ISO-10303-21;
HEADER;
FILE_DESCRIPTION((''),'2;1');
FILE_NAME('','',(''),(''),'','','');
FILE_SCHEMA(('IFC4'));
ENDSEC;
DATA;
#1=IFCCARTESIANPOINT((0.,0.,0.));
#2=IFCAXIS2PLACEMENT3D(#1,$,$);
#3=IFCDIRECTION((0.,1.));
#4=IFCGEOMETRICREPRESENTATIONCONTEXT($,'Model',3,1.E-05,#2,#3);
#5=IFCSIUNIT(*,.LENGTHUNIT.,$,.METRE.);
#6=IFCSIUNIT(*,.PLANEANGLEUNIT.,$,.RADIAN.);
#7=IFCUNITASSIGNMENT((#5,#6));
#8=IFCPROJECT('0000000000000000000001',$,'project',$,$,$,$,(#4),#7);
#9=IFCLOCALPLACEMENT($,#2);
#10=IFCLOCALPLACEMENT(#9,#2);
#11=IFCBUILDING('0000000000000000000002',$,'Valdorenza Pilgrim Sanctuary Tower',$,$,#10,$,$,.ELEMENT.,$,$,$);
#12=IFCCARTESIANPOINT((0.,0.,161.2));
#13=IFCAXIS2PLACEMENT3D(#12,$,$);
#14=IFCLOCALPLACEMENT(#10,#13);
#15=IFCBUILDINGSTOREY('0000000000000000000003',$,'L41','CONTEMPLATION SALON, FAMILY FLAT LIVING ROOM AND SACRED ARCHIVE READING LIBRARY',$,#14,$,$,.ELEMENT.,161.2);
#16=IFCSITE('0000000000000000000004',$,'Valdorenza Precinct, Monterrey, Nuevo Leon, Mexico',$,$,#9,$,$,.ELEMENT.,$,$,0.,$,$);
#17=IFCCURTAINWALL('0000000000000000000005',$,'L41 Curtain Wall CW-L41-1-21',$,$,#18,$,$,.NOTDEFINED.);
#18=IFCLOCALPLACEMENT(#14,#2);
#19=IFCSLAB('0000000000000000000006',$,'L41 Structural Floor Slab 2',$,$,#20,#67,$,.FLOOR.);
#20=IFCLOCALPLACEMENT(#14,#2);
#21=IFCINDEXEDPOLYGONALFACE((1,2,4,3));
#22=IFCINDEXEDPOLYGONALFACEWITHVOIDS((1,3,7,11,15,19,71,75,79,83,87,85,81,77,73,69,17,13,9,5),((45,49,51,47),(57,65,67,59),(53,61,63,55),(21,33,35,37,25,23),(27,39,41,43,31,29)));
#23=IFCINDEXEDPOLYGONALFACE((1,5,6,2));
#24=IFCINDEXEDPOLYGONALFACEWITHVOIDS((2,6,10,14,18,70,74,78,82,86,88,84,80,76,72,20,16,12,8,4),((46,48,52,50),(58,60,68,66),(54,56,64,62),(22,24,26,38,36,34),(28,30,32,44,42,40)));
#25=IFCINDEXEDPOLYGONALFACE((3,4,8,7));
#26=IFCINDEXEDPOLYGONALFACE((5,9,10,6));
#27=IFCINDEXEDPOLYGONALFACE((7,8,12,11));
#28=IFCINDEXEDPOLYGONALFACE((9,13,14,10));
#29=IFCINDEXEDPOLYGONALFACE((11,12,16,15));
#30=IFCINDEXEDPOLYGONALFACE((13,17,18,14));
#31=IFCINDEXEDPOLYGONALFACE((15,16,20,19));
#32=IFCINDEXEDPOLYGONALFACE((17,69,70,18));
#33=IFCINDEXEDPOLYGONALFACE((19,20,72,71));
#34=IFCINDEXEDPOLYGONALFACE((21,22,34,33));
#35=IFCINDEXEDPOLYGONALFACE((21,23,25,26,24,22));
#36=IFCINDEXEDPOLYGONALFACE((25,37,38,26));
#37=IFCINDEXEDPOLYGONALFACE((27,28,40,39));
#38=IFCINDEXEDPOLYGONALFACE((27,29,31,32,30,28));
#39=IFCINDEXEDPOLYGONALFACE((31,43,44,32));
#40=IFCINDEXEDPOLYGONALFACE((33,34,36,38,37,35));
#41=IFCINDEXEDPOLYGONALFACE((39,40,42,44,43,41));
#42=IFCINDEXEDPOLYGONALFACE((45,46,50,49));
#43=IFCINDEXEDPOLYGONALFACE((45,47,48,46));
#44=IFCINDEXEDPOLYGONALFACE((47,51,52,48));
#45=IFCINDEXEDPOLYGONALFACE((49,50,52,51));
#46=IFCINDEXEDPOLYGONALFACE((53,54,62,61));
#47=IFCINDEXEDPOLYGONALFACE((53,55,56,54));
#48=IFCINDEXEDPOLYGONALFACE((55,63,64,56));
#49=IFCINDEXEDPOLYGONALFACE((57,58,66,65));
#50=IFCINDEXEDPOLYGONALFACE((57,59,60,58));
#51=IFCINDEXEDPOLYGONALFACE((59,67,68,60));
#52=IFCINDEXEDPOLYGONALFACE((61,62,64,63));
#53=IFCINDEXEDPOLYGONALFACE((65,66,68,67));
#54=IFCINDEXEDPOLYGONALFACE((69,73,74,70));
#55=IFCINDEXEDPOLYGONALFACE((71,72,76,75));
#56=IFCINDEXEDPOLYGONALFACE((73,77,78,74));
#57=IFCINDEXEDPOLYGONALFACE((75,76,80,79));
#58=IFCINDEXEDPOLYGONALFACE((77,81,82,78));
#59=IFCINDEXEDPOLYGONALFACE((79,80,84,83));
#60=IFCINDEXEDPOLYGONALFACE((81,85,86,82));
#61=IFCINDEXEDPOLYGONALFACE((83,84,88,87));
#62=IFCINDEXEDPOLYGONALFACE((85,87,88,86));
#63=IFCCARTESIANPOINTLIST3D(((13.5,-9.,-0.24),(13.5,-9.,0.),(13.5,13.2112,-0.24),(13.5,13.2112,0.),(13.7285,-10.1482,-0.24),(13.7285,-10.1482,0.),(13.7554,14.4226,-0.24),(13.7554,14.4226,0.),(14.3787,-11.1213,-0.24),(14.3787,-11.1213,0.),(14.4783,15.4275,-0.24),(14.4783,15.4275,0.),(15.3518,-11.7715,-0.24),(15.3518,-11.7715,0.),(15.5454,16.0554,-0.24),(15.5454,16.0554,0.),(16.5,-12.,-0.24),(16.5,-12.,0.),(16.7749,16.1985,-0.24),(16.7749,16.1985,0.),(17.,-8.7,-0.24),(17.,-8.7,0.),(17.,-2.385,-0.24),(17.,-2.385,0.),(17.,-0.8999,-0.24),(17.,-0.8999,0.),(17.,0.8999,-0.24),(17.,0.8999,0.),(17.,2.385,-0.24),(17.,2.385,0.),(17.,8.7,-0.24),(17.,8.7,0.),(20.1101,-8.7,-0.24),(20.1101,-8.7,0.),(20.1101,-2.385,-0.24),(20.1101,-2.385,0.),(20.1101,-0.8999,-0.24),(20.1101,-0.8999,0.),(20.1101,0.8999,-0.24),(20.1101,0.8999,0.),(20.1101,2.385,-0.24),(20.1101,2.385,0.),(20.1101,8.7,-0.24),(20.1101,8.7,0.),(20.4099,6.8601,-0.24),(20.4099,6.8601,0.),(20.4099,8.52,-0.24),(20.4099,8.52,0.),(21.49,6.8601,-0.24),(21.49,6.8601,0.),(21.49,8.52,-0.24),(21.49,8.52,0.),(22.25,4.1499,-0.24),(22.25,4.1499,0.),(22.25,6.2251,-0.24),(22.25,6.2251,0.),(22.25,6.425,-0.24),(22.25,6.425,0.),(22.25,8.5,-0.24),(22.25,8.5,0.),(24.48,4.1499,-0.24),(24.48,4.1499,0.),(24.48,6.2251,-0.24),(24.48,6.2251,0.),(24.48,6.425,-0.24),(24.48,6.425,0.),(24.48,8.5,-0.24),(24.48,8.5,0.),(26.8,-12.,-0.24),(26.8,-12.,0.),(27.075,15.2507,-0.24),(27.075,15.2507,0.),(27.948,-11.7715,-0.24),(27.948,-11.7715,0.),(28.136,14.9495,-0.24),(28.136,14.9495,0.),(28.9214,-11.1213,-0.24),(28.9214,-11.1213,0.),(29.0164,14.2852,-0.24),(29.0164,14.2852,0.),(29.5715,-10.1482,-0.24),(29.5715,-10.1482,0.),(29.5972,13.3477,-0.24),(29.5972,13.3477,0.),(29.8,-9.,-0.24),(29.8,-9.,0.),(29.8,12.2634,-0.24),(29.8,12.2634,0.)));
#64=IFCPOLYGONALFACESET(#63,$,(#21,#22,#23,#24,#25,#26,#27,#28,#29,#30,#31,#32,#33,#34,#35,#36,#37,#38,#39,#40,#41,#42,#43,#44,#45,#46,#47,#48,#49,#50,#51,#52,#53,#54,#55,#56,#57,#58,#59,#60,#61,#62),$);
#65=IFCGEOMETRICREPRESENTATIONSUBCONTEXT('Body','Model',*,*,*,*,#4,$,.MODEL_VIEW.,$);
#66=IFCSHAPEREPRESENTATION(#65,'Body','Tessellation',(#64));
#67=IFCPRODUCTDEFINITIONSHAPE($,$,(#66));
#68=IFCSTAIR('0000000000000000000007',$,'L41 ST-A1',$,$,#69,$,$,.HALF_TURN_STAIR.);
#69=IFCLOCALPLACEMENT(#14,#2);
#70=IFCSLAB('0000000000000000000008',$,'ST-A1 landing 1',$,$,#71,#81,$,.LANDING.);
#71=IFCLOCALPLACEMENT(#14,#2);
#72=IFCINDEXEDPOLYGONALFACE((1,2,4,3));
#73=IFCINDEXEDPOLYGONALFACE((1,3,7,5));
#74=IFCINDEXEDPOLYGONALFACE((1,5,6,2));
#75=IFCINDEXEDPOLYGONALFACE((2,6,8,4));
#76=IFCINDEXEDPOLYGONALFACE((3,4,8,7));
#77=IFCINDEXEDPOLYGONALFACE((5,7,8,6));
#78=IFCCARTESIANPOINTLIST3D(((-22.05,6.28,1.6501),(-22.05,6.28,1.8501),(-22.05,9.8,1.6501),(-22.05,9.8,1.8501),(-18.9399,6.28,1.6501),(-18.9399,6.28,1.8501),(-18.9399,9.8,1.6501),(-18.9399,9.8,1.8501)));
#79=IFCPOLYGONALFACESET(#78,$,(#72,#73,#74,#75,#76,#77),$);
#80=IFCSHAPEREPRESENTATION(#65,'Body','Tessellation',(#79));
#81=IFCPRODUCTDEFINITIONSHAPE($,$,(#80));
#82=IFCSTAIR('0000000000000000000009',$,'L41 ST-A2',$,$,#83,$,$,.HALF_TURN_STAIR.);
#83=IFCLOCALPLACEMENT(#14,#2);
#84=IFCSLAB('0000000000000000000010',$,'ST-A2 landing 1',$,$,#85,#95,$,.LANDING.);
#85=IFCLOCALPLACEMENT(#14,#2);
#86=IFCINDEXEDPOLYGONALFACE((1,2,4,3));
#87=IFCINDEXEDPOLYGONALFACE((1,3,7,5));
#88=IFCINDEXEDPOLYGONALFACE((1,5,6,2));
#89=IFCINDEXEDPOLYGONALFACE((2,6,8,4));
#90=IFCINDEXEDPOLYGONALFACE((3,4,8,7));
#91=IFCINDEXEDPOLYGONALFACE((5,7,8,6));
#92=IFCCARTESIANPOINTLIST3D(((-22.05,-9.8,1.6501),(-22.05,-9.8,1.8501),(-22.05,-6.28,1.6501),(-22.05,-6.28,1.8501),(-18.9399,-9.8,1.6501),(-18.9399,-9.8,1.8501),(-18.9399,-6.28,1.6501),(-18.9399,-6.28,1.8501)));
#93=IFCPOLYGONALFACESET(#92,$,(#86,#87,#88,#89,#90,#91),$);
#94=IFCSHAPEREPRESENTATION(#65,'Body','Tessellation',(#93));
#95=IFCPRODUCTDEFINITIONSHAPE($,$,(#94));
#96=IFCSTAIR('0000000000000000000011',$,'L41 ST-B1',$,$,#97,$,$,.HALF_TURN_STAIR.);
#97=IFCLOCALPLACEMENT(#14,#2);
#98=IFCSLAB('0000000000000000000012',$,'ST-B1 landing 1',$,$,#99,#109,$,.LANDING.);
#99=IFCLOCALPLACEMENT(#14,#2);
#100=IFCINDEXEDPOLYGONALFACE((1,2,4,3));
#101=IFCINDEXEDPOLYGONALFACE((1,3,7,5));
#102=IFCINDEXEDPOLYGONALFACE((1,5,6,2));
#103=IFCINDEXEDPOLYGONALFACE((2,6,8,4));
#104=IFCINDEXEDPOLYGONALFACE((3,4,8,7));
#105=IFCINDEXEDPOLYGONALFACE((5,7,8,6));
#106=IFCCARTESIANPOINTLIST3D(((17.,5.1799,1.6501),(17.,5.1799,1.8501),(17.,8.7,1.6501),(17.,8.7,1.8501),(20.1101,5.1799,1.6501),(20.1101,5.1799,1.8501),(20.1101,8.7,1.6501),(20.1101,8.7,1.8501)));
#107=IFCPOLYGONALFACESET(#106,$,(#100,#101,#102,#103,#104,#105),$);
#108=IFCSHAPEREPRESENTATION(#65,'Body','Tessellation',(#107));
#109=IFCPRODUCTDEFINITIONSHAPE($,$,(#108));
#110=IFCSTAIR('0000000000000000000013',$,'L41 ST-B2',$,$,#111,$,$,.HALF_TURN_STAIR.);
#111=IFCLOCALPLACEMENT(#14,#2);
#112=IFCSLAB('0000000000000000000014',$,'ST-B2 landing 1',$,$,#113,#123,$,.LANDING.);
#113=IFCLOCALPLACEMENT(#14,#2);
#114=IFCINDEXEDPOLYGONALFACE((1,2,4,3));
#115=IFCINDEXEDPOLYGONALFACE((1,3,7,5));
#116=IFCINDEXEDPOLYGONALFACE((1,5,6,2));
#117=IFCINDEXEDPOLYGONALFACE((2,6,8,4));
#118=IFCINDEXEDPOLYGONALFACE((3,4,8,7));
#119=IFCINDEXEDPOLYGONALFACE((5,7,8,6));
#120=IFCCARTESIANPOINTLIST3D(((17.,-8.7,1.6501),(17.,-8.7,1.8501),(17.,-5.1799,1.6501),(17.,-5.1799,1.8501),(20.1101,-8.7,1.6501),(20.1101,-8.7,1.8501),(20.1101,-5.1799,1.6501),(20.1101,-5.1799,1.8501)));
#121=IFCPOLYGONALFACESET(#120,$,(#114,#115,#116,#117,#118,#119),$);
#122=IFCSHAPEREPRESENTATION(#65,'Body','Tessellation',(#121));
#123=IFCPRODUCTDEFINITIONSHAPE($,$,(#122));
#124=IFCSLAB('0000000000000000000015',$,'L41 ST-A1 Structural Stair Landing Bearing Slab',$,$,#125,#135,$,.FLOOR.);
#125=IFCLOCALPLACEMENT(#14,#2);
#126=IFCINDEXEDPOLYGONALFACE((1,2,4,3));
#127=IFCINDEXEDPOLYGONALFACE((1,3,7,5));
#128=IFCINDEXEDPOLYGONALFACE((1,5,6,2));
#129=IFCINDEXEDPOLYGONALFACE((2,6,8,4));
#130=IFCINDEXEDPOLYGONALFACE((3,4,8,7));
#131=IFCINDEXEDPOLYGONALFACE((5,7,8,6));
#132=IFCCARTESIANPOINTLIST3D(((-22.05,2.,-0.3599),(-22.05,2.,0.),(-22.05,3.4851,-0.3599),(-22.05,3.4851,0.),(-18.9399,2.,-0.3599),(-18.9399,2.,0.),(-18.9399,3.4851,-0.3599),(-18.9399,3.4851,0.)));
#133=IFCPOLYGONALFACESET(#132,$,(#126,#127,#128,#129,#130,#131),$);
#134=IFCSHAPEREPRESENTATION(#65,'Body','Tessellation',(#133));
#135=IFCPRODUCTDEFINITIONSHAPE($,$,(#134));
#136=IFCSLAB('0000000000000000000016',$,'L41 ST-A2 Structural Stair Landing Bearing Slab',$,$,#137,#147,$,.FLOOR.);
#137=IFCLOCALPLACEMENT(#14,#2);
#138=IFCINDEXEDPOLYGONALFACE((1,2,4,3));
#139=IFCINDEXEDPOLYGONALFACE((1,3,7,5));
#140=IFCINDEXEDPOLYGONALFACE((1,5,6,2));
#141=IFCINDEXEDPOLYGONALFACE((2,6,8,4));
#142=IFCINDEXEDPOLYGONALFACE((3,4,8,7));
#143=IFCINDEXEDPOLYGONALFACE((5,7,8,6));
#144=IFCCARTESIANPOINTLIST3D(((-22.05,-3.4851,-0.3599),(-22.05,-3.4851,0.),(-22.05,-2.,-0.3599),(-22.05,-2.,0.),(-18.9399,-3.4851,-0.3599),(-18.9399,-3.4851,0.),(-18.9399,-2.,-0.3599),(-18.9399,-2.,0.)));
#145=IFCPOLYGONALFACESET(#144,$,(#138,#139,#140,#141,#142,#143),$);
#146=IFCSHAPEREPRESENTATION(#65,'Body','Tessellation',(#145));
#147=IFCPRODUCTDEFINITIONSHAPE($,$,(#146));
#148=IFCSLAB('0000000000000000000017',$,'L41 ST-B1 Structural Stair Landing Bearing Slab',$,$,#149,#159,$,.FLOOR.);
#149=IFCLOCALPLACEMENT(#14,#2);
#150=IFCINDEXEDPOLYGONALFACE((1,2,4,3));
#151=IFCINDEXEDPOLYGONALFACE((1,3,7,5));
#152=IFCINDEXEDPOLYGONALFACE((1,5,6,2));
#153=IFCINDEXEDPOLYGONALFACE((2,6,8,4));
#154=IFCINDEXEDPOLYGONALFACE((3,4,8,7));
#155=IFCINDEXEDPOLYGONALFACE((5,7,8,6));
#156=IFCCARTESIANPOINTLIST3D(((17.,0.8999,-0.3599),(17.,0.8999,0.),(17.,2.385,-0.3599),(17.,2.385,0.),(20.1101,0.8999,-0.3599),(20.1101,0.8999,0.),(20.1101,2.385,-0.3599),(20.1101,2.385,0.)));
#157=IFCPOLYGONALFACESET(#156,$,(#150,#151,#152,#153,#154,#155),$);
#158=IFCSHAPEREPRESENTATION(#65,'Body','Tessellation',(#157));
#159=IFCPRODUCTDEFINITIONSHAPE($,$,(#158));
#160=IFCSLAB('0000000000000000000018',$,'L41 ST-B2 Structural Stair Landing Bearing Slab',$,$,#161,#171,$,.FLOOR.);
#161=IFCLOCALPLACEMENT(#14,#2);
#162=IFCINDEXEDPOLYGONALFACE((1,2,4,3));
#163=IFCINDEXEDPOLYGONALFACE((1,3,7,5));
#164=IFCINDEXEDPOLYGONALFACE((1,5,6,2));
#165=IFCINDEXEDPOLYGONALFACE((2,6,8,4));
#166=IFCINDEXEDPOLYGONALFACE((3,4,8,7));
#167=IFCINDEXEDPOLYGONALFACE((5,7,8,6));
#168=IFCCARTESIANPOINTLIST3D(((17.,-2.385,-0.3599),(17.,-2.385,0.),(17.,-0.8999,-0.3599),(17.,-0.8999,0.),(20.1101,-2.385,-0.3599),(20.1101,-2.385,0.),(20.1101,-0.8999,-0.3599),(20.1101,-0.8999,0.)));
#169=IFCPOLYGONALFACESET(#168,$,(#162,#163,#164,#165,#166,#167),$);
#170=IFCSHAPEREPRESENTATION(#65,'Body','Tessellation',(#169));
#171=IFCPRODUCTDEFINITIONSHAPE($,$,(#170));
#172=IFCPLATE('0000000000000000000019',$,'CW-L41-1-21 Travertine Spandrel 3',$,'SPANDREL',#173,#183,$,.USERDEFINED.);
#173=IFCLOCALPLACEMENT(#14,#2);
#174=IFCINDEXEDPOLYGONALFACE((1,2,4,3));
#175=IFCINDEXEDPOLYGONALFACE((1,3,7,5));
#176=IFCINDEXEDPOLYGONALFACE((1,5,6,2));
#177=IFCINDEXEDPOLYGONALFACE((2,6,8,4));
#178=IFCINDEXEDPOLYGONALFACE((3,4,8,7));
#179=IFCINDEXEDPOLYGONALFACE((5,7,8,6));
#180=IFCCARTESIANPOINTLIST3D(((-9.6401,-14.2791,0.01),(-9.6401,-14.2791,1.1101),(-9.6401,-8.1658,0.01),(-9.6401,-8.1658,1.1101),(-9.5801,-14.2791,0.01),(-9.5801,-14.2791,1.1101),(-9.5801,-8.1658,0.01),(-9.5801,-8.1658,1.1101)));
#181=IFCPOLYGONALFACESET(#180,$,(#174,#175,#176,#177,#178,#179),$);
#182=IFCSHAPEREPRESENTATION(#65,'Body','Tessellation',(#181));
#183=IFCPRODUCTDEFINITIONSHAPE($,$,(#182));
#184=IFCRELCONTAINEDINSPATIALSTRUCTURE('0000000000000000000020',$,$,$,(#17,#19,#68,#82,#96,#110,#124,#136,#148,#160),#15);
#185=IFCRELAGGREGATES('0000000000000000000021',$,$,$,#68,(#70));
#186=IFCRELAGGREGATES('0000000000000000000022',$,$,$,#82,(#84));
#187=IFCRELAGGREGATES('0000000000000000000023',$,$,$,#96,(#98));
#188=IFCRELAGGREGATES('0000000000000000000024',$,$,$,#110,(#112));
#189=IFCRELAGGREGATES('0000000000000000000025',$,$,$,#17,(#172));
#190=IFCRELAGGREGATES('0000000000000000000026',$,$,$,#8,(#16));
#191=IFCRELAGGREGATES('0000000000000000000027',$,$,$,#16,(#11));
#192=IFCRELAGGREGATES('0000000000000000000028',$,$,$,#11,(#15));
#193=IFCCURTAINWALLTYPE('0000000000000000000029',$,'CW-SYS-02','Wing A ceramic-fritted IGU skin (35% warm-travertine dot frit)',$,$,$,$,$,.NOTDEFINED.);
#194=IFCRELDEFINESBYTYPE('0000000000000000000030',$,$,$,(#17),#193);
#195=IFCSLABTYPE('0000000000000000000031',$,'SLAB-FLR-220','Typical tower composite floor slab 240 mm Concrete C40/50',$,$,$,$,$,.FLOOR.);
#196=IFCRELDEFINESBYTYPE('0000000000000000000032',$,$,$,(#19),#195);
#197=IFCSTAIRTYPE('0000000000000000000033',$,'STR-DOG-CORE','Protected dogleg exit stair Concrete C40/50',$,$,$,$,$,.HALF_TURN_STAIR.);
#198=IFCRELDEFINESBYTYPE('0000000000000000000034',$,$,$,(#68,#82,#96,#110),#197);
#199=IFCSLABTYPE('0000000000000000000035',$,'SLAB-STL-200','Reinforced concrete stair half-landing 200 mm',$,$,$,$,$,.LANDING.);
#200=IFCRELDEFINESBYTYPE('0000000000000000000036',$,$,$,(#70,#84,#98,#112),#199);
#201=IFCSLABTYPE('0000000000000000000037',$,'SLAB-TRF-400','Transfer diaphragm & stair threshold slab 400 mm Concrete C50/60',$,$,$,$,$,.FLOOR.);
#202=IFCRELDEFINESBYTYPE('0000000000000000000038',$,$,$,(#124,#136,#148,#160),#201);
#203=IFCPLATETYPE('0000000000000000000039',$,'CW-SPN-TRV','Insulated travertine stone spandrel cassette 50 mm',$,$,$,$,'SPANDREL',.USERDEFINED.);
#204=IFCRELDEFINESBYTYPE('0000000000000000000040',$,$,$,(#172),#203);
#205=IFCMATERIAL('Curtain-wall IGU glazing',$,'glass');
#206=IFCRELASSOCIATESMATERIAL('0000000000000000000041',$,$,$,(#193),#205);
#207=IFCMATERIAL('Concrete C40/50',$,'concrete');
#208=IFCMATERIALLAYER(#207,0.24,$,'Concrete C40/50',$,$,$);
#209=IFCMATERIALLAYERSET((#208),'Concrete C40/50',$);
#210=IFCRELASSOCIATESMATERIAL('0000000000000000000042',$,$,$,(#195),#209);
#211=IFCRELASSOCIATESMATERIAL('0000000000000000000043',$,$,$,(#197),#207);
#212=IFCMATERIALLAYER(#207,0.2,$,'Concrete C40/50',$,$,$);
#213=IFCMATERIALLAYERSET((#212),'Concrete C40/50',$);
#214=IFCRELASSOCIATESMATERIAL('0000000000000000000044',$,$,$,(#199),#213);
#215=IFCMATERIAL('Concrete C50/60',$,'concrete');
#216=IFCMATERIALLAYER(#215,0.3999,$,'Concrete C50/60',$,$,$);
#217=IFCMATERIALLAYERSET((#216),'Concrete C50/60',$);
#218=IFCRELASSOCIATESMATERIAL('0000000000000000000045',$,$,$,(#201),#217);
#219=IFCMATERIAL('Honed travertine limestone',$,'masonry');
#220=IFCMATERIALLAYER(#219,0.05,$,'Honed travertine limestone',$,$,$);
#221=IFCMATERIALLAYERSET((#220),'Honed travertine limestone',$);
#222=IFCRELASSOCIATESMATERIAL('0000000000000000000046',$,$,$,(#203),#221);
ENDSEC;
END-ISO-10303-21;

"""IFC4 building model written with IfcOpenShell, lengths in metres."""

from ifc_helpers import new_model, si_unit, direction, frame, origin, origin_2d, place, context, subcontext, project, spatial, polyline, rectangle, outline, extrude, source, transform, mapped, material, layer, layer_set, type_object, element, aggregate, save


model = new_model("IFC4")

# Units and contexts
model_context = context("Model", 3, precision=1e-05, world=origin(), true_north=direction((0.0, 1.0)))
body_context = subcontext(model_context, "Body", "Model", "MODEL_VIEW")
ifc_project = project(units=[si_unit("LENGTHUNIT", "METRE"), si_unit("PLANEANGLEUNIT", "RADIAN")], contexts=[model_context])

# Site, building, storey
site_placement = place(None, origin())
site = spatial("IfcSite", under=ifc_project, at=site_placement, Name="Valdorenza Precinct, Monterrey, Nuevo Leon, Mexico", CompositionType="ELEMENT", RefElevation=0.0)
building_placement = place(site_placement, origin())
building = spatial("IfcBuilding", under=site, at=building_placement, Name="Valdorenza Pilgrim Sanctuary Tower", CompositionType="ELEMENT")
storey_placement = place(building_placement, frame((0.0, 0.0, 161.2)))
storey = spatial("IfcBuildingStorey", under=building, at=storey_placement, Name="L41", Description="CONTEMPLATION SALON, FAMILY FLAT LIVING ROOM AND SACRED ARCHIVE READING LIBRARY", CompositionType="ELEMENT", Elevation=161.2)

# Curtain wall
ifc_material_1 = material(Name="Curtain-wall IGU glazing", Category="glass")
curtain_wall_type = type_object("IfcCurtainWallType", Name="CW-SYS-02", Description="Wing A ceramic-fritted IGU skin (35% warm-travertine dot frit)", PredefinedType="NOTDEFINED", material=ifc_material_1)
curtain_wall_placement = place(storey_placement, origin())
curtain_wall = element("IfcCurtainWall", 1, at=curtain_wall_placement, inside=storey, type_object=curtain_wall_type, Name="L41 Curtain Wall CW-L41-1-21", PredefinedType="NOTDEFINED")

# Slab
ifc_material_2 = material(Name="Concrete C40/50", Category="concrete")
ifc_layer_1 = layer(ifc_material_2, 0.24, Name="Concrete C40/50")
ifc_layer_set_1 = layer_set([ifc_layer_1], Name="Concrete C40/50")
slab_type_1 = type_object("IfcSlabType", Name="SLAB-FLR-220", Description="Typical tower composite floor slab 240 mm Concrete C40/50", PredefinedType="FLOOR", material=ifc_layer_set_1)
slab_1_placement = place(storey_placement, frame((0.0, 0.0, -0.24)))
element("IfcSlab", 2, at=slab_1_placement, inside=storey, type_object=slab_type_1, Name="L41 Structural Floor Slab 2", PredefinedType="FLOOR", context=body_context, shape_type="SweptSolid", body=[
    extrude(outline(polyline([(13.5, 13.2112), (13.7554, 14.4226), (14.4783, 15.4275), (15.5454, 16.0554), (16.7749, 16.1985), (27.075, 15.2507), (28.136, 14.9495), (29.0164, 14.2852), (29.5972, 13.3477), (29.8, 12.2634), (29.8, -9.0), (29.5715, -10.1482), (28.9214, -11.1213), (27.948, -11.7715), (26.8, -12.0), (16.5, -12.0), (15.3518, -11.7715), (14.3787, -11.1213), (13.7285, -10.1482), (13.5, -9.0), (13.5, 13.2112)]), holes=[polyline([(17.0, -8.7), (20.1101, -8.7), (20.1101, -2.385), (20.1101, -0.8999), (17.0, -0.8999), (17.0, -2.385), (17.0, -8.7)]), polyline([(17.0, 0.8999), (20.1101, 0.8999), (20.1101, 2.385), (20.1101, 8.7), (17.0, 8.7), (17.0, 2.385), (17.0, 0.8999)]), polyline([(22.25, 4.1499), (24.48, 4.1499), (24.48, 6.2251), (22.25, 6.2251), (22.25, 4.1499)]), polyline([(22.25, 6.425), (24.48, 6.425), (24.48, 8.5), (22.25, 8.5), (22.25, 6.425)]), polyline([(20.4099, 6.8601), (21.49, 6.8601), (21.49, 8.52), (20.4099, 8.52), (20.4099, 6.8601)])]), origin(), (0.0, 0.0, 1.0), 0.24),
])

# Stairs, slabs
stair_type = type_object("IfcStairType", Name="STR-DOG-CORE", Description="Protected dogleg exit stair Concrete C40/50", PredefinedType="HALF_TURN_STAIR", material=ifc_material_2)
stair_1_placement = place(storey_placement, origin())
stair_1 = element("IfcStair", 3, at=stair_1_placement, inside=storey, type_object=stair_type, Name="L41 ST-A1", PredefinedType="HALF_TURN_STAIR")
ifc_layer_2 = layer(ifc_material_2, 0.2, Name="Concrete C40/50")
ifc_layer_set_2 = layer_set([ifc_layer_2], Name="Concrete C40/50")
slab_type_2 = type_object("IfcSlabType", Name="SLAB-STL-200", Description="Reinforced concrete stair half-landing 200 mm", PredefinedType="LANDING", material=ifc_layer_set_2)
slab_2_placement = place(storey_placement, frame((0.0, 0.0, 1.6501)))
slab_2 = element("IfcSlab", 4, at=slab_2_placement, type_object=slab_type_2, Name="ST-A1 landing 1", PredefinedType="LANDING", context=body_context, shape_type="SweptSolid", body=[
    extrude(outline(polyline([(-18.9399, 6.28), (-18.9399, 9.8), (-22.05, 9.8), (-22.05, 6.28), (-18.9399, 6.28)])), origin(), (0.0, 0.0, 1.0), 0.2),
])
aggregate(stair_1, [slab_2])
stair_2_placement = place(storey_placement, origin())
stair_2 = element("IfcStair", 5, at=stair_2_placement, inside=storey, type_object=stair_type, Name="L41 ST-A2", PredefinedType="HALF_TURN_STAIR")
slab_3_placement = place(storey_placement, frame((0.0, 0.0, 1.6501)))
slab_3 = element("IfcSlab", 6, at=slab_3_placement, type_object=slab_type_2, Name="ST-A2 landing 1", PredefinedType="LANDING", context=body_context, shape_type="SweptSolid", body=[
    extrude(outline(polyline([(-22.05, -6.28), (-22.05, -9.8), (-18.9399, -9.8), (-18.9399, -6.28), (-22.05, -6.28)])), origin(), (0.0, 0.0, 1.0), 0.2),
])
aggregate(stair_2, [slab_3])
stair_3_placement = place(storey_placement, origin())
stair_3 = element("IfcStair", 7, at=stair_3_placement, inside=storey, type_object=stair_type, Name="L41 ST-B1", PredefinedType="HALF_TURN_STAIR")
slab_4_placement = place(storey_placement, frame((0.0, 0.0, 1.6501)))
slab_4 = element("IfcSlab", 8, at=slab_4_placement, type_object=slab_type_2, Name="ST-B1 landing 1", PredefinedType="LANDING", context=body_context, shape_type="SweptSolid", body=[
    extrude(outline(polyline([(20.1101, 5.1799), (20.1101, 8.7), (17.0, 8.7), (17.0, 5.1799), (20.1101, 5.1799)])), origin(), (0.0, 0.0, 1.0), 0.2),
])
aggregate(stair_3, [slab_4])
stair_4_placement = place(storey_placement, origin())
stair_4 = element("IfcStair", 9, at=stair_4_placement, inside=storey, type_object=stair_type, Name="L41 ST-B2", PredefinedType="HALF_TURN_STAIR")
slab_5_placement = place(storey_placement, frame((0.0, 0.0, 1.6501)))
slab_5 = element("IfcSlab", 10, at=slab_5_placement, type_object=slab_type_2, Name="ST-B2 landing 1", PredefinedType="LANDING", context=body_context, shape_type="SweptSolid", body=[
    extrude(outline(polyline([(17.0, -5.1799), (17.0, -8.7), (20.1101, -8.7), (20.1101, -5.1799), (17.0, -5.1799)])), origin(), (0.0, 0.0, 1.0), 0.2),
])
aggregate(stair_4, [slab_5])

# Slabs
ifc_material_3 = material(Name="Concrete C50/60", Category="concrete")
ifc_layer_3 = layer(ifc_material_3, 0.3999, Name="Concrete C50/60")
ifc_layer_set_3 = layer_set([ifc_layer_3], Name="Concrete C50/60")
slab_type_3 = type_object("IfcSlabType", Name="SLAB-TRF-400", Description="Transfer diaphragm & stair threshold slab 400 mm Concrete C50/60", PredefinedType="FLOOR", material=ifc_layer_set_3)
slab_6_placement = place(storey_placement, frame((0.0, 0.0, -0.3599)))
element("IfcSlab", 11, at=slab_6_placement, inside=storey, type_object=slab_type_3, Name="L41 ST-A1 Structural Stair Landing Bearing Slab", PredefinedType="FLOOR", context=body_context, shape_type="SweptSolid", body=[
    extrude(outline(polyline([(-22.05, 2.0), (-18.9399, 2.0), (-18.9399, 3.4851), (-22.05, 3.4851), (-22.05, 2.0)])), origin(), (0.0, 0.0, 1.0), 0.3599),
])
slab_7_placement = place(storey_placement, frame((0.0, 0.0, -0.3599)))
element("IfcSlab", 12, at=slab_7_placement, inside=storey, type_object=slab_type_3, Name="L41 ST-A2 Structural Stair Landing Bearing Slab", PredefinedType="FLOOR", context=body_context, shape_type="SweptSolid", body=[
    extrude(outline(polyline([(-22.05, -3.4851), (-18.9399, -3.4851), (-18.9399, -2.0), (-22.05, -2.0), (-22.05, -3.4851)])), origin(), (0.0, 0.0, 1.0), 0.3599),
])
slab_8_placement = place(storey_placement, frame((0.0, 0.0, -0.3599)))
element("IfcSlab", 13, at=slab_8_placement, inside=storey, type_object=slab_type_3, Name="L41 ST-B1 Structural Stair Landing Bearing Slab", PredefinedType="FLOOR", context=body_context, shape_type="SweptSolid", body=[
    extrude(outline(polyline([(17.0, 0.8999), (20.1101, 0.8999), (20.1101, 2.385), (17.0, 2.385), (17.0, 0.8999)])), origin(), (0.0, 0.0, 1.0), 0.3599),
])
slab_9_placement = place(storey_placement, frame((0.0, 0.0, -0.3599)))
element("IfcSlab", 14, at=slab_9_placement, inside=storey, type_object=slab_type_3, Name="L41 ST-B2 Structural Stair Landing Bearing Slab", PredefinedType="FLOOR", context=body_context, shape_type="SweptSolid", body=[
    extrude(outline(polyline([(17.0, -2.385), (20.1101, -2.385), (20.1101, -0.8999), (17.0, -0.8999), (17.0, -2.385)])), origin(), (0.0, 0.0, 1.0), 0.3599),
])

# Plate
ifc_material_4 = material(Name="Honed travertine limestone", Category="masonry")
ifc_layer_4 = layer(ifc_material_4, 0.05, Name="Honed travertine limestone")
ifc_layer_set_4 = layer_set([ifc_layer_4], Name="Honed travertine limestone")
plate_type_1 = type_object("IfcPlateType", Name="CW-SPN-TRV", Description="Insulated travertine stone spandrel cassette 50 mm", ElementType="SPANDREL", PredefinedType="USERDEFINED", material=ifc_layer_set_4)
shared_shape_1 = source(origin(), body_context, "Body", "SweptSolid", [
    extrude(rectangle(XDim=6.1133, YDim=0.0601, at=origin_2d()), origin(), (0.0, 0.0, 1.0), 1.1001),
])
plate_1_placement = place(storey_placement, frame((-9.6101, -11.2224, 0.01), z_axis=(0.0, 0.0, 1.0), x_axis=(0.0, -1.0, 0.0)))
plate_1 = element("IfcPlate", 15, at=plate_1_placement, type_object=plate_type_1, Name="CW-L41-1-21 Travertine Spandrel 3", ObjectType="SPANDREL", PredefinedType="USERDEFINED", context=body_context, shape_type="MappedRepresentation", body=[
    mapped(shared_shape_1, transform((0.0, 0.0, 0.0), x_axis=(1.0, 0.0, 0.0), y_axis=(0.0, 1.0, 0.0), z_axis=(0.0, 0.0, 1.0), scale=1.0)),
])
aggregate(curtain_wall, [plate_1])

save(model, "model.ifc")
